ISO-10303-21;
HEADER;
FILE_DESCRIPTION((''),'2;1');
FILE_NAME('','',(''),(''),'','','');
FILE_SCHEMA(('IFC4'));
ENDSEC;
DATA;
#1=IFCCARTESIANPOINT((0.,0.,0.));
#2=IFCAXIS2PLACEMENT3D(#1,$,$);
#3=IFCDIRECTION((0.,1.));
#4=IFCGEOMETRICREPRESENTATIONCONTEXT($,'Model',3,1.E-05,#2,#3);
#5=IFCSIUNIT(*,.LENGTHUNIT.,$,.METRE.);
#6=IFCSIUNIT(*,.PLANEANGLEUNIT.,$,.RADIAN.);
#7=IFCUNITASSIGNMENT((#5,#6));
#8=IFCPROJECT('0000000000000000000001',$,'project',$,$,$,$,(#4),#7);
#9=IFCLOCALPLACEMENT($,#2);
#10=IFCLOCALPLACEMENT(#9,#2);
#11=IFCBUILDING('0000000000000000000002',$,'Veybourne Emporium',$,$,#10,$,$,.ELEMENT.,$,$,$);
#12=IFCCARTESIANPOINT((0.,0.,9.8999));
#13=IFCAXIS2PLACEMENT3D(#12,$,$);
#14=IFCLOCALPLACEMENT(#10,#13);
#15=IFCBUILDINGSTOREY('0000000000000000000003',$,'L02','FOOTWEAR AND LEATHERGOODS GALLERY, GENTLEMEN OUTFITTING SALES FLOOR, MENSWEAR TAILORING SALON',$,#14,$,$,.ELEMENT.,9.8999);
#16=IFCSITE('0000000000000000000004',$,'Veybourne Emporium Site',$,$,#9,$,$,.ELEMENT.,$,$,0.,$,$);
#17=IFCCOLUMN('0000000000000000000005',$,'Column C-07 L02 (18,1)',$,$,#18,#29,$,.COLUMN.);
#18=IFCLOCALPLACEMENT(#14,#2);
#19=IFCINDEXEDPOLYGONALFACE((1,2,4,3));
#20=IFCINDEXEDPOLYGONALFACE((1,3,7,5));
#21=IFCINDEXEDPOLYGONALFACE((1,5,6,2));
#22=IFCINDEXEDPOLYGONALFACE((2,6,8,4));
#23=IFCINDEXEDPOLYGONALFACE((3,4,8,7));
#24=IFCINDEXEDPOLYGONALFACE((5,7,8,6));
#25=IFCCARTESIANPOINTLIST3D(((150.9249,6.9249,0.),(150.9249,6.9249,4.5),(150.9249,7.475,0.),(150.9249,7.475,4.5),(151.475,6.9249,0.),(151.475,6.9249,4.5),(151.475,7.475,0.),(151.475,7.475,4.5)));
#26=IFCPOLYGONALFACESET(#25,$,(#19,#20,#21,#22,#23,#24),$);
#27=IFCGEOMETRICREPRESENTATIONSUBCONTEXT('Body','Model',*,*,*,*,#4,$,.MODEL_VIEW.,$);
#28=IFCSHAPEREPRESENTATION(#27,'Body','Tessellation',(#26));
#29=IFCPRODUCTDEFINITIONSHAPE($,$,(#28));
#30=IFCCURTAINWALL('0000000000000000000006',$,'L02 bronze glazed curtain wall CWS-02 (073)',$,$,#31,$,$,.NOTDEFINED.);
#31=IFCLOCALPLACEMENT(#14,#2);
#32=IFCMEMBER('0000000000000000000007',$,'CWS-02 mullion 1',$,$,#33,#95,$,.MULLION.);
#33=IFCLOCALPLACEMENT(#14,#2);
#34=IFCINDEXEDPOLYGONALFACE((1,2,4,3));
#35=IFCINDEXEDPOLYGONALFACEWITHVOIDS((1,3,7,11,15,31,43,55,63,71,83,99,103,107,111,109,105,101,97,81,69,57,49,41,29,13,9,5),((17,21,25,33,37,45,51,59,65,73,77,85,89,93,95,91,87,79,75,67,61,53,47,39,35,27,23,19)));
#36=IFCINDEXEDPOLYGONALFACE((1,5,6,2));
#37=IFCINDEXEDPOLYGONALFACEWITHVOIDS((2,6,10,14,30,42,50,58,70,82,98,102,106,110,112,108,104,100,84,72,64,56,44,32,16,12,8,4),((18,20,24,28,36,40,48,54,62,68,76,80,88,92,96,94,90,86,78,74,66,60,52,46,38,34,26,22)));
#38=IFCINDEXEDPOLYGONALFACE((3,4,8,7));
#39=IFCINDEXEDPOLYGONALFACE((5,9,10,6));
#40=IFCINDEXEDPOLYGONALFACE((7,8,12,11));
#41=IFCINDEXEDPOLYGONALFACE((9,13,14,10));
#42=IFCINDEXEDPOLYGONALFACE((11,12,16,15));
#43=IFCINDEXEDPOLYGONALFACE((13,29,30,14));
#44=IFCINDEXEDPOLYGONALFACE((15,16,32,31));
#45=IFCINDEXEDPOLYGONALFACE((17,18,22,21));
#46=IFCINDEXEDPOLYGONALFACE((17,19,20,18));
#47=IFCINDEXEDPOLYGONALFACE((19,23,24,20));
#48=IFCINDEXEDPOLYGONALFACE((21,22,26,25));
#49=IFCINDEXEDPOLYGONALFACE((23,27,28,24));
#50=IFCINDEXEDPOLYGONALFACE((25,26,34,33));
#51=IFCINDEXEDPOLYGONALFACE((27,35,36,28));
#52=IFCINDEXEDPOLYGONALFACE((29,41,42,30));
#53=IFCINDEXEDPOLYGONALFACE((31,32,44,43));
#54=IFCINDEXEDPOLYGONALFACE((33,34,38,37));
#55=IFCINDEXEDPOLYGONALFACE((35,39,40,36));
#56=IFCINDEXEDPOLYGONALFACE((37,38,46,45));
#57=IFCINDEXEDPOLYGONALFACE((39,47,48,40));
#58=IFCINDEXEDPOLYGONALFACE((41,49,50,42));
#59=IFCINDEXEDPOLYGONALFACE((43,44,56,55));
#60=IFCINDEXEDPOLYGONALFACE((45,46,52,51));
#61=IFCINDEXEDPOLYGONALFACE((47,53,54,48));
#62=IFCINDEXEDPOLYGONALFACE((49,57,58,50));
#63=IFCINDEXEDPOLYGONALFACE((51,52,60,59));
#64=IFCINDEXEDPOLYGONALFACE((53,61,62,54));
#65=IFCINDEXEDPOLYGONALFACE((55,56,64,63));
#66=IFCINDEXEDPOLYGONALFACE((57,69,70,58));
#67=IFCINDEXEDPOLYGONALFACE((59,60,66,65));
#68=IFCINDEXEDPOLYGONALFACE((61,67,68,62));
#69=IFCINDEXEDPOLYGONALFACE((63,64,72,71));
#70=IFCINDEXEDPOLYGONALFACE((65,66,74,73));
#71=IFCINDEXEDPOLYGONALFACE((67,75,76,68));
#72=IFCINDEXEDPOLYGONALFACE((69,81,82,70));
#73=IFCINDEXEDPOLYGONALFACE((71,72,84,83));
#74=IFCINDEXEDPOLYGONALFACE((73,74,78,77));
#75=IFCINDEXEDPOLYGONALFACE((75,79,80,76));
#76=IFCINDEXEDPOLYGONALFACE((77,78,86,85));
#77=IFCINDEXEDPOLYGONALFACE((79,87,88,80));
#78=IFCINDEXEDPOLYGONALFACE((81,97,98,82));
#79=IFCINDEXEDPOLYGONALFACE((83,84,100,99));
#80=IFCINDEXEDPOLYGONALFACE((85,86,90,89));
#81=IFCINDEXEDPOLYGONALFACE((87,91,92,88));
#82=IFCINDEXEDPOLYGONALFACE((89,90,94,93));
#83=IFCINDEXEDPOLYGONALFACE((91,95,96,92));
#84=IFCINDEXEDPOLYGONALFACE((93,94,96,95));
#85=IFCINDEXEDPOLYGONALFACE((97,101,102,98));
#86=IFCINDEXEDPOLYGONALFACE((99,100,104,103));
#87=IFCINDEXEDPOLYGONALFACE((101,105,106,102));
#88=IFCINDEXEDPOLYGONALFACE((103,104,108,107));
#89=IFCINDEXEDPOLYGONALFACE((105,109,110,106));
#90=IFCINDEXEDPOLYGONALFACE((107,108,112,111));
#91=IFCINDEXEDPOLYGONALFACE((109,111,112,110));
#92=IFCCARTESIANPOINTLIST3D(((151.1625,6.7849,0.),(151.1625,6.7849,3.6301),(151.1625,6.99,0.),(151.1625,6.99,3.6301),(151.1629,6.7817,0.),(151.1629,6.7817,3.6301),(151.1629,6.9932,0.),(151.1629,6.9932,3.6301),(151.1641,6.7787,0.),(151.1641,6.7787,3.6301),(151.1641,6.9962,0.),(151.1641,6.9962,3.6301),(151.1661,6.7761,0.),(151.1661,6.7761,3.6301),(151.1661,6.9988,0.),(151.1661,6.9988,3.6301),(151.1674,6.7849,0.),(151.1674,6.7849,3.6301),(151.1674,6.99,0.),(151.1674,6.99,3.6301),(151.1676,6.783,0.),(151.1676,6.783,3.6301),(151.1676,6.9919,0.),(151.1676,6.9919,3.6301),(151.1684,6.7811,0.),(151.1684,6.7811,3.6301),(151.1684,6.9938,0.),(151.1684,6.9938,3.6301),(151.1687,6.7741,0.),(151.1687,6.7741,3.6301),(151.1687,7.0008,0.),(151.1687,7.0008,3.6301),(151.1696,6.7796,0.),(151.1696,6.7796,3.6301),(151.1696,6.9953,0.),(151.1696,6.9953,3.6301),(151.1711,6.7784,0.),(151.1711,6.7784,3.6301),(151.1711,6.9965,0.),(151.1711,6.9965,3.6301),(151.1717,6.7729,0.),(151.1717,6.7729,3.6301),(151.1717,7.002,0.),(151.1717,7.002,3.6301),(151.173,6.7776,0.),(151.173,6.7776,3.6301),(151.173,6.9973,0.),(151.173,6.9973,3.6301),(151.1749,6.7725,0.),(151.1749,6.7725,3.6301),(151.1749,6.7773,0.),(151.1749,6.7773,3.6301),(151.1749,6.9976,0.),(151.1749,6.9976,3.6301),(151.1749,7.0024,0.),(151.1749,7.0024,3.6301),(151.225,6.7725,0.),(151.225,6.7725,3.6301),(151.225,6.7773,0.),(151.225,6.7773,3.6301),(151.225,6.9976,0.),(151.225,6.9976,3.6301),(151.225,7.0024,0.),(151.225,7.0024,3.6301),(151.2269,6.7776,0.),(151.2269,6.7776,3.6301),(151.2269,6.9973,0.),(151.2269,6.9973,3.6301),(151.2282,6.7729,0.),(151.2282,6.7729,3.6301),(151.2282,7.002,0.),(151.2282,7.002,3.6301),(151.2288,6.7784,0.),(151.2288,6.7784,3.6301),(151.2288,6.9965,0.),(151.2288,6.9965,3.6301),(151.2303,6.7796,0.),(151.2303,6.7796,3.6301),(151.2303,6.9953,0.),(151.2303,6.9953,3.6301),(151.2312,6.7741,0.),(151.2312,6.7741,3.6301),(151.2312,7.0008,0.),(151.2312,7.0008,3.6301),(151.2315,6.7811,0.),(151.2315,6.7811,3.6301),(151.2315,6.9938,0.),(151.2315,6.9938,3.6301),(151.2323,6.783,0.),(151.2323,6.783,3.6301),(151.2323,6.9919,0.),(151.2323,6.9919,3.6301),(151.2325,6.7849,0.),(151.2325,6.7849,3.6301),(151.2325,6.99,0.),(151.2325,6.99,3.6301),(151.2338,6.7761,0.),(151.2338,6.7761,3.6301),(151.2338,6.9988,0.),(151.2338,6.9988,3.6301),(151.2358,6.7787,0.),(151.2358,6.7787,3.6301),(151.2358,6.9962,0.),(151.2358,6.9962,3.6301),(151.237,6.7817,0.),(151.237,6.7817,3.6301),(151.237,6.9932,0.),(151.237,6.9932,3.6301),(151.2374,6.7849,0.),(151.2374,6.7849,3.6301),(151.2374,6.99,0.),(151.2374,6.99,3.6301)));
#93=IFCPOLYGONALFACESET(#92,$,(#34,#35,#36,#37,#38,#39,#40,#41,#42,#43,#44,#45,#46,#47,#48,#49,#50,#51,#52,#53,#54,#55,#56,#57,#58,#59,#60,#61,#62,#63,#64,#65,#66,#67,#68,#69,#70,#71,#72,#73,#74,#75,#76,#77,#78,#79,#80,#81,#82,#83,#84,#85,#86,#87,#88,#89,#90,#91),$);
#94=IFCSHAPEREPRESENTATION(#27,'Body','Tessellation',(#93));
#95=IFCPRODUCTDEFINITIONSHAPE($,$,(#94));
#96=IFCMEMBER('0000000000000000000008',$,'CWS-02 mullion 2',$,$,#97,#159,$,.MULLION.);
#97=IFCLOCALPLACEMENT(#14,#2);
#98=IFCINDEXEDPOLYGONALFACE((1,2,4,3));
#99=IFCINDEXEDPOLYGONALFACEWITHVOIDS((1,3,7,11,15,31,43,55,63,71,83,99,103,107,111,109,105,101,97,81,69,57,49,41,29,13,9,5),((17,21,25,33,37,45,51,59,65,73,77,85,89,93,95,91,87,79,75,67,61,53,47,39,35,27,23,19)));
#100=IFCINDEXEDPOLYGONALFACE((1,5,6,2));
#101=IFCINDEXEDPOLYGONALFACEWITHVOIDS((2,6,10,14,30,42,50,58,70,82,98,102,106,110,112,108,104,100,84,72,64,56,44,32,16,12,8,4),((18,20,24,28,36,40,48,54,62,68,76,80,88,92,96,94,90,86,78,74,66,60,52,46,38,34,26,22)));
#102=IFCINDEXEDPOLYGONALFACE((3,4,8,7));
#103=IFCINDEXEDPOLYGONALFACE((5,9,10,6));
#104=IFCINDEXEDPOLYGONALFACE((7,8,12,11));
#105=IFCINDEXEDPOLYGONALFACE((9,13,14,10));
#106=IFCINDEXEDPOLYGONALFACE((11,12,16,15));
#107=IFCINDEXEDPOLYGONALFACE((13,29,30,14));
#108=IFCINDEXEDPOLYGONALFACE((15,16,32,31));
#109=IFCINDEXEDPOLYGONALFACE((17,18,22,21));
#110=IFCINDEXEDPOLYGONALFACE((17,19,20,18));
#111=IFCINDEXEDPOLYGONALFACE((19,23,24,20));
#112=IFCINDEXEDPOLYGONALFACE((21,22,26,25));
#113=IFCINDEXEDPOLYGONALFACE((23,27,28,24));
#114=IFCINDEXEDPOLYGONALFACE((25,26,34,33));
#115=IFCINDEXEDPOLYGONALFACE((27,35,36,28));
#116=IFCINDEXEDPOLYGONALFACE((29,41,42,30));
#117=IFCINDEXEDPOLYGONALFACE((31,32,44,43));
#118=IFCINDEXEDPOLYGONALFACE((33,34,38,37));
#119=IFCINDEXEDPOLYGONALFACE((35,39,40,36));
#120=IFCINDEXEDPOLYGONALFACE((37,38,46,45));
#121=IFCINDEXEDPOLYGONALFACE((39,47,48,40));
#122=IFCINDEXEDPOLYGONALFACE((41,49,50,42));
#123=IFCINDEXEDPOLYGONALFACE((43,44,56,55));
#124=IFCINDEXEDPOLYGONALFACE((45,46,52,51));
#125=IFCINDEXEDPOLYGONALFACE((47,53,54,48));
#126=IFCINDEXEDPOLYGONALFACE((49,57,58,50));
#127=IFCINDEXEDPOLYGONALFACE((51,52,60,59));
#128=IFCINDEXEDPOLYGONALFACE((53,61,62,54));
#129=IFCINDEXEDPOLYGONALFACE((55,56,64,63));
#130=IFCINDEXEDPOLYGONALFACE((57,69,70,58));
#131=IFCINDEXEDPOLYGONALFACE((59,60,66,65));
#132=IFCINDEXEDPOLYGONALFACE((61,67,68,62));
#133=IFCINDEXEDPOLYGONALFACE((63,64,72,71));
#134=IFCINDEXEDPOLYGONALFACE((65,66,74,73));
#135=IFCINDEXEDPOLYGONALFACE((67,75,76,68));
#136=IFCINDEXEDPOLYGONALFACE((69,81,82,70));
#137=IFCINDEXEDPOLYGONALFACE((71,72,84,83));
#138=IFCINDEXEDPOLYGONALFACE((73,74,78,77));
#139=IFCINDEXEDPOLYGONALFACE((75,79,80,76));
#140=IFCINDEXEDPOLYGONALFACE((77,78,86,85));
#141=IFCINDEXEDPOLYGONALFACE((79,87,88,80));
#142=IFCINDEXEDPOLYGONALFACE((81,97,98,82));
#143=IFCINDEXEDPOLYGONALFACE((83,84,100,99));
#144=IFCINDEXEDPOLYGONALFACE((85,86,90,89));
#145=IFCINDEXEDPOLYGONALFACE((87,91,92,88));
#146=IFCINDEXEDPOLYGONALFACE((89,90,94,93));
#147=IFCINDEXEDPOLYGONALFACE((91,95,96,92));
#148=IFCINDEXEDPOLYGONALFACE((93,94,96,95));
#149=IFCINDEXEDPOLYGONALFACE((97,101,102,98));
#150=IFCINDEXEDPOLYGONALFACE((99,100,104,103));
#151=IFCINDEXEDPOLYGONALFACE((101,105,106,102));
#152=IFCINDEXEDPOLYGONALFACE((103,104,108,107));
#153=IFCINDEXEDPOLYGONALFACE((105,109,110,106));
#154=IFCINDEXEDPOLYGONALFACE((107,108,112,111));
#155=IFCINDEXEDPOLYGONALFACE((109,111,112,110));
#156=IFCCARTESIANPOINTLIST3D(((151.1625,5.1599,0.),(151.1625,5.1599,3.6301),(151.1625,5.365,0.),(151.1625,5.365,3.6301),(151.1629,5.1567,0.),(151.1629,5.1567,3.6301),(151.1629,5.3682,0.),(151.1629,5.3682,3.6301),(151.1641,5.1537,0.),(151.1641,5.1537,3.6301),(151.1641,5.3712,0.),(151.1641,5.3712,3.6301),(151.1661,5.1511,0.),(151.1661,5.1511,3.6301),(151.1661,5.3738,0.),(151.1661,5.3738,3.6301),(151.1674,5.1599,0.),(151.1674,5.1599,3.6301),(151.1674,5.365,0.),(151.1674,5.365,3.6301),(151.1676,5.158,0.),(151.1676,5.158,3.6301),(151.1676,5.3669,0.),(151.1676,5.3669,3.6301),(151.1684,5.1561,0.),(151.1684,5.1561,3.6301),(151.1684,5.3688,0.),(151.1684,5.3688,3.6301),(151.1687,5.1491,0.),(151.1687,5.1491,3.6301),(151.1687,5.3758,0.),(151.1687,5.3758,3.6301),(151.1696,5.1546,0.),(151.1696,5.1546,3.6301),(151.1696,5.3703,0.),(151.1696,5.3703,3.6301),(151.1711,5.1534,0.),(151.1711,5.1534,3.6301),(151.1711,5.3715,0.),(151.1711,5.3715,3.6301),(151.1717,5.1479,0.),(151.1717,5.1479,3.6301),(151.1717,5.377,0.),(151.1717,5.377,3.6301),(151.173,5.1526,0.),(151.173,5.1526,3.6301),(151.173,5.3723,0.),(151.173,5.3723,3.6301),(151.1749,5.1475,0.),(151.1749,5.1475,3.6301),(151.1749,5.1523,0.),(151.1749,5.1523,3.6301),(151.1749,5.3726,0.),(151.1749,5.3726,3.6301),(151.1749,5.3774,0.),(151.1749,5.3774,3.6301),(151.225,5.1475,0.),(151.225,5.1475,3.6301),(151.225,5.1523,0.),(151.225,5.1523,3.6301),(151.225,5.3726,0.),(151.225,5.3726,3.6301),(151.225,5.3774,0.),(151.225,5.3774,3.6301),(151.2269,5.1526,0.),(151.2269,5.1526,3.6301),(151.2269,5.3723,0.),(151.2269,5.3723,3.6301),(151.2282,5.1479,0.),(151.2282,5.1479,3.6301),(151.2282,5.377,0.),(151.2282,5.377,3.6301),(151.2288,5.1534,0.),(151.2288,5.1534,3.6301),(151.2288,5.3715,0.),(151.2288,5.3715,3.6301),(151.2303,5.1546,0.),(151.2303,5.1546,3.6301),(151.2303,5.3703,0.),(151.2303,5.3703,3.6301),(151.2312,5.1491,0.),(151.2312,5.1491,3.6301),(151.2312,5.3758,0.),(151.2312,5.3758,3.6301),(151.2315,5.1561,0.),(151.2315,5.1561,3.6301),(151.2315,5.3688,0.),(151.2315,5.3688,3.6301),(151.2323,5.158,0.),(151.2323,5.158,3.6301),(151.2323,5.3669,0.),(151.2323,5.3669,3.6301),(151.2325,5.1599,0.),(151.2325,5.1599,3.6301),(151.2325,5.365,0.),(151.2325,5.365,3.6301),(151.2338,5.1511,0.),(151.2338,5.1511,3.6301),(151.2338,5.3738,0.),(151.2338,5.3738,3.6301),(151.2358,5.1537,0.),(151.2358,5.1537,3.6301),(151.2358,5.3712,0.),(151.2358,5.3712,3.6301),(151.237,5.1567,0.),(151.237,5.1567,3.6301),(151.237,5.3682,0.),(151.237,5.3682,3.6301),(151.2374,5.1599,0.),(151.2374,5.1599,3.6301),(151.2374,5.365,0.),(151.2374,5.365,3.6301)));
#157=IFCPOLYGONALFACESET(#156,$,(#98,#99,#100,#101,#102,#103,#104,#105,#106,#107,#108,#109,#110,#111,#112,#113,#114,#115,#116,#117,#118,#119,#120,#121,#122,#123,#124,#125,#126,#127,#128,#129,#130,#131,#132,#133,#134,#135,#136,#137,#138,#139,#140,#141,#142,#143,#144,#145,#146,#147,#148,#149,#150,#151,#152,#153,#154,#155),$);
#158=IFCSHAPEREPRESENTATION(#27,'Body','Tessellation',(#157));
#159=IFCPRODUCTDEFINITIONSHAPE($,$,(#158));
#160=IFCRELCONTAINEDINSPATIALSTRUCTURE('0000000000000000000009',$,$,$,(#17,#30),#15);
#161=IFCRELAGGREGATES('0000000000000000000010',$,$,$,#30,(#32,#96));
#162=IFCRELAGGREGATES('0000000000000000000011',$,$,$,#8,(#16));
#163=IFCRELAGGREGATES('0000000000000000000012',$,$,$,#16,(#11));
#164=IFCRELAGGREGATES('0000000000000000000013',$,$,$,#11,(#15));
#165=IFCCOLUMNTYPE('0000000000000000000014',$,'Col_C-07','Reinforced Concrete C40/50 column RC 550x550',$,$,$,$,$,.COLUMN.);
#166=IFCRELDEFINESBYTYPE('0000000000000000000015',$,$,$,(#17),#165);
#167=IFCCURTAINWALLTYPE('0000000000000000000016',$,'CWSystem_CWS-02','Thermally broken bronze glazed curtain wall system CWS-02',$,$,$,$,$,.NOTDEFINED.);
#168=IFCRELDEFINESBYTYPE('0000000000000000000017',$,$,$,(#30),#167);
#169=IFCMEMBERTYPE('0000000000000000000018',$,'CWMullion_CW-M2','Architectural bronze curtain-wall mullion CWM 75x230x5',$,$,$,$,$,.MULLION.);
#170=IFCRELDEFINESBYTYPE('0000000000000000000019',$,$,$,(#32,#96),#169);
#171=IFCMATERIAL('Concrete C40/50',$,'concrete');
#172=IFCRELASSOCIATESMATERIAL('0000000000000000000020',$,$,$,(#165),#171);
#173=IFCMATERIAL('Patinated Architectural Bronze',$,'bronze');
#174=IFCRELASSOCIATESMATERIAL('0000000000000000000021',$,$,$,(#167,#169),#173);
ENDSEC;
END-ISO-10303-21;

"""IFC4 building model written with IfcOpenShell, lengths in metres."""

from ifc_helpers import new_model, si_unit, direction, frame, origin, origin_2d, place, context, subcontext, project, spatial, rectangle, hollow_rectangle, extrude, material, material_profile, profile_set, type_object, element, aggregate, save


model = new_model("IFC4")

# Units and contexts
model_context = context("Model", 3, precision=1e-05, world=origin(), true_north=direction((0.0, 1.0)))
body_context = subcontext(model_context, "Body", "Model", "MODEL_VIEW")
ifc_project = project(units=[si_unit("LENGTHUNIT", "METRE"), si_unit("PLANEANGLEUNIT", "RADIAN")], contexts=[model_context])

# Site, building, storey
site_placement = place(None, origin())
site = spatial("IfcSite", under=ifc_project, at=site_placement, Name="Veybourne Emporium Site", CompositionType="ELEMENT", RefElevation=0.0)
building_placement = place(site_placement, origin())
building = spatial("IfcBuilding", under=site, at=building_placement, Name="Veybourne Emporium", CompositionType="ELEMENT")
storey_placement = place(building_placement, frame((0.0, 0.0, 9.8999)))
storey = spatial("IfcBuildingStorey", under=building, at=storey_placement, Name="L02", Description="FOOTWEAR AND LEATHERGOODS GALLERY, GENTLEMEN OUTFITTING SALES FLOOR, MENSWEAR TAILORING SALON", CompositionType="ELEMENT", Elevation=9.8999)

# Column
ifc_material_1 = material(Name="Concrete C40/50", Category="concrete")
ifc_material_profile_1 = material_profile(ifc_material_1, rectangle(XDim=0.55, YDim=0.55, at=origin_2d()), Name="RC 550x550")
ifc_profile_set_1 = profile_set([ifc_material_profile_1], Name="Concrete C40/50")
column_type = type_object("IfcColumnType", Name="Col_C-07", Description="Reinforced Concrete C40/50 column RC 550x550", PredefinedType="COLUMN", material=ifc_profile_set_1)
column_placement = place(storey_placement, frame((151.2, 7.2, 0.0), z_axis=(0.0, 0.0, 1.0), x_axis=(1.0, 0.0, 0.0)))
element("IfcColumn", 1, at=column_placement, inside=storey, type_object=column_type, Name="Column C-07 L02 (18,1)", PredefinedType="COLUMN", context=body_context, shape_type="SweptSolid", body=[
    extrude(rectangle(XDim=0.55, YDim=0.55, at=origin_2d()), origin(), (0.0, 0.0, 1.0), 4.5),
])

# Curtain wall, members
ifc_material_2 = material(Name="Patinated Architectural Bronze", Category="bronze")
curtain_wall_type_1 = type_object("IfcCurtainWallType", Name="CWSystem_CWS-02", Description="Thermally broken bronze glazed curtain wall system CWS-02", PredefinedType="NOTDEFINED", material=ifc_material_2)
curtain_wall_1_placement = place(storey_placement, origin())
curtain_wall_1 = element("IfcCurtainWall", 2, at=curtain_wall_1_placement, inside=storey, type_object=curtain_wall_type_1, Name="L02 bronze glazed curtain wall CWS-02 (073)", PredefinedType="NOTDEFINED")
ifc_material_profile_2 = material_profile(ifc_material_2, hollow_rectangle(XDim=0.075, YDim=0.23, WallThickness=0.0049, InnerFilletRadius=0.0076, OuterFilletRadius=0.0125, at=origin_2d()), Name="CWM 75x230x5")
ifc_profile_set_2 = profile_set([ifc_material_profile_2], Name="Patinated Architectural Bronze")
member_type_1 = type_object("IfcMemberType", Name="CWMullion_CW-M2", Description="Architectural bronze curtain-wall mullion CWM 75x230x5", PredefinedType="MULLION", material=ifc_profile_set_2)
member_1_placement = place(storey_placement, frame((151.2, 6.8875, 0.0), z_axis=(0.0, 0.0, 1.0), x_axis=(1.0, 0.0, 0.0)))
member_1 = element("IfcMember", 3, at=member_1_placement, type_object=member_type_1, Name="CWS-02 mullion 1", PredefinedType="MULLION", context=body_context, shape_type="SweptSolid", body=[
    extrude(hollow_rectangle(XDim=0.075, YDim=0.23, WallThickness=0.0049, InnerFilletRadius=0.0076, OuterFilletRadius=0.0125, at=origin_2d()), origin(), (0.0, 0.0, 1.0), 3.6301),
])
member_2_placement = place(storey_placement, frame((151.2, 5.2625, 0.0), z_axis=(0.0, 0.0, 1.0), x_axis=(1.0, 0.0, 0.0)))
member_2 = element("IfcMember", 4, at=member_2_placement, type_object=member_type_1, Name="CWS-02 mullion 2", PredefinedType="MULLION", context=body_context, shape_type="SweptSolid", body=[
    extrude(hollow_rectangle(XDim=0.075, YDim=0.23, WallThickness=0.0049, InnerFilletRadius=0.0076, OuterFilletRadius=0.0125, at=origin_2d()), origin(), (0.0, 0.0, 1.0), 3.6301),
])

aggregate(curtain_wall_1, [member_1, member_2])

save(model, "model.ifc")
